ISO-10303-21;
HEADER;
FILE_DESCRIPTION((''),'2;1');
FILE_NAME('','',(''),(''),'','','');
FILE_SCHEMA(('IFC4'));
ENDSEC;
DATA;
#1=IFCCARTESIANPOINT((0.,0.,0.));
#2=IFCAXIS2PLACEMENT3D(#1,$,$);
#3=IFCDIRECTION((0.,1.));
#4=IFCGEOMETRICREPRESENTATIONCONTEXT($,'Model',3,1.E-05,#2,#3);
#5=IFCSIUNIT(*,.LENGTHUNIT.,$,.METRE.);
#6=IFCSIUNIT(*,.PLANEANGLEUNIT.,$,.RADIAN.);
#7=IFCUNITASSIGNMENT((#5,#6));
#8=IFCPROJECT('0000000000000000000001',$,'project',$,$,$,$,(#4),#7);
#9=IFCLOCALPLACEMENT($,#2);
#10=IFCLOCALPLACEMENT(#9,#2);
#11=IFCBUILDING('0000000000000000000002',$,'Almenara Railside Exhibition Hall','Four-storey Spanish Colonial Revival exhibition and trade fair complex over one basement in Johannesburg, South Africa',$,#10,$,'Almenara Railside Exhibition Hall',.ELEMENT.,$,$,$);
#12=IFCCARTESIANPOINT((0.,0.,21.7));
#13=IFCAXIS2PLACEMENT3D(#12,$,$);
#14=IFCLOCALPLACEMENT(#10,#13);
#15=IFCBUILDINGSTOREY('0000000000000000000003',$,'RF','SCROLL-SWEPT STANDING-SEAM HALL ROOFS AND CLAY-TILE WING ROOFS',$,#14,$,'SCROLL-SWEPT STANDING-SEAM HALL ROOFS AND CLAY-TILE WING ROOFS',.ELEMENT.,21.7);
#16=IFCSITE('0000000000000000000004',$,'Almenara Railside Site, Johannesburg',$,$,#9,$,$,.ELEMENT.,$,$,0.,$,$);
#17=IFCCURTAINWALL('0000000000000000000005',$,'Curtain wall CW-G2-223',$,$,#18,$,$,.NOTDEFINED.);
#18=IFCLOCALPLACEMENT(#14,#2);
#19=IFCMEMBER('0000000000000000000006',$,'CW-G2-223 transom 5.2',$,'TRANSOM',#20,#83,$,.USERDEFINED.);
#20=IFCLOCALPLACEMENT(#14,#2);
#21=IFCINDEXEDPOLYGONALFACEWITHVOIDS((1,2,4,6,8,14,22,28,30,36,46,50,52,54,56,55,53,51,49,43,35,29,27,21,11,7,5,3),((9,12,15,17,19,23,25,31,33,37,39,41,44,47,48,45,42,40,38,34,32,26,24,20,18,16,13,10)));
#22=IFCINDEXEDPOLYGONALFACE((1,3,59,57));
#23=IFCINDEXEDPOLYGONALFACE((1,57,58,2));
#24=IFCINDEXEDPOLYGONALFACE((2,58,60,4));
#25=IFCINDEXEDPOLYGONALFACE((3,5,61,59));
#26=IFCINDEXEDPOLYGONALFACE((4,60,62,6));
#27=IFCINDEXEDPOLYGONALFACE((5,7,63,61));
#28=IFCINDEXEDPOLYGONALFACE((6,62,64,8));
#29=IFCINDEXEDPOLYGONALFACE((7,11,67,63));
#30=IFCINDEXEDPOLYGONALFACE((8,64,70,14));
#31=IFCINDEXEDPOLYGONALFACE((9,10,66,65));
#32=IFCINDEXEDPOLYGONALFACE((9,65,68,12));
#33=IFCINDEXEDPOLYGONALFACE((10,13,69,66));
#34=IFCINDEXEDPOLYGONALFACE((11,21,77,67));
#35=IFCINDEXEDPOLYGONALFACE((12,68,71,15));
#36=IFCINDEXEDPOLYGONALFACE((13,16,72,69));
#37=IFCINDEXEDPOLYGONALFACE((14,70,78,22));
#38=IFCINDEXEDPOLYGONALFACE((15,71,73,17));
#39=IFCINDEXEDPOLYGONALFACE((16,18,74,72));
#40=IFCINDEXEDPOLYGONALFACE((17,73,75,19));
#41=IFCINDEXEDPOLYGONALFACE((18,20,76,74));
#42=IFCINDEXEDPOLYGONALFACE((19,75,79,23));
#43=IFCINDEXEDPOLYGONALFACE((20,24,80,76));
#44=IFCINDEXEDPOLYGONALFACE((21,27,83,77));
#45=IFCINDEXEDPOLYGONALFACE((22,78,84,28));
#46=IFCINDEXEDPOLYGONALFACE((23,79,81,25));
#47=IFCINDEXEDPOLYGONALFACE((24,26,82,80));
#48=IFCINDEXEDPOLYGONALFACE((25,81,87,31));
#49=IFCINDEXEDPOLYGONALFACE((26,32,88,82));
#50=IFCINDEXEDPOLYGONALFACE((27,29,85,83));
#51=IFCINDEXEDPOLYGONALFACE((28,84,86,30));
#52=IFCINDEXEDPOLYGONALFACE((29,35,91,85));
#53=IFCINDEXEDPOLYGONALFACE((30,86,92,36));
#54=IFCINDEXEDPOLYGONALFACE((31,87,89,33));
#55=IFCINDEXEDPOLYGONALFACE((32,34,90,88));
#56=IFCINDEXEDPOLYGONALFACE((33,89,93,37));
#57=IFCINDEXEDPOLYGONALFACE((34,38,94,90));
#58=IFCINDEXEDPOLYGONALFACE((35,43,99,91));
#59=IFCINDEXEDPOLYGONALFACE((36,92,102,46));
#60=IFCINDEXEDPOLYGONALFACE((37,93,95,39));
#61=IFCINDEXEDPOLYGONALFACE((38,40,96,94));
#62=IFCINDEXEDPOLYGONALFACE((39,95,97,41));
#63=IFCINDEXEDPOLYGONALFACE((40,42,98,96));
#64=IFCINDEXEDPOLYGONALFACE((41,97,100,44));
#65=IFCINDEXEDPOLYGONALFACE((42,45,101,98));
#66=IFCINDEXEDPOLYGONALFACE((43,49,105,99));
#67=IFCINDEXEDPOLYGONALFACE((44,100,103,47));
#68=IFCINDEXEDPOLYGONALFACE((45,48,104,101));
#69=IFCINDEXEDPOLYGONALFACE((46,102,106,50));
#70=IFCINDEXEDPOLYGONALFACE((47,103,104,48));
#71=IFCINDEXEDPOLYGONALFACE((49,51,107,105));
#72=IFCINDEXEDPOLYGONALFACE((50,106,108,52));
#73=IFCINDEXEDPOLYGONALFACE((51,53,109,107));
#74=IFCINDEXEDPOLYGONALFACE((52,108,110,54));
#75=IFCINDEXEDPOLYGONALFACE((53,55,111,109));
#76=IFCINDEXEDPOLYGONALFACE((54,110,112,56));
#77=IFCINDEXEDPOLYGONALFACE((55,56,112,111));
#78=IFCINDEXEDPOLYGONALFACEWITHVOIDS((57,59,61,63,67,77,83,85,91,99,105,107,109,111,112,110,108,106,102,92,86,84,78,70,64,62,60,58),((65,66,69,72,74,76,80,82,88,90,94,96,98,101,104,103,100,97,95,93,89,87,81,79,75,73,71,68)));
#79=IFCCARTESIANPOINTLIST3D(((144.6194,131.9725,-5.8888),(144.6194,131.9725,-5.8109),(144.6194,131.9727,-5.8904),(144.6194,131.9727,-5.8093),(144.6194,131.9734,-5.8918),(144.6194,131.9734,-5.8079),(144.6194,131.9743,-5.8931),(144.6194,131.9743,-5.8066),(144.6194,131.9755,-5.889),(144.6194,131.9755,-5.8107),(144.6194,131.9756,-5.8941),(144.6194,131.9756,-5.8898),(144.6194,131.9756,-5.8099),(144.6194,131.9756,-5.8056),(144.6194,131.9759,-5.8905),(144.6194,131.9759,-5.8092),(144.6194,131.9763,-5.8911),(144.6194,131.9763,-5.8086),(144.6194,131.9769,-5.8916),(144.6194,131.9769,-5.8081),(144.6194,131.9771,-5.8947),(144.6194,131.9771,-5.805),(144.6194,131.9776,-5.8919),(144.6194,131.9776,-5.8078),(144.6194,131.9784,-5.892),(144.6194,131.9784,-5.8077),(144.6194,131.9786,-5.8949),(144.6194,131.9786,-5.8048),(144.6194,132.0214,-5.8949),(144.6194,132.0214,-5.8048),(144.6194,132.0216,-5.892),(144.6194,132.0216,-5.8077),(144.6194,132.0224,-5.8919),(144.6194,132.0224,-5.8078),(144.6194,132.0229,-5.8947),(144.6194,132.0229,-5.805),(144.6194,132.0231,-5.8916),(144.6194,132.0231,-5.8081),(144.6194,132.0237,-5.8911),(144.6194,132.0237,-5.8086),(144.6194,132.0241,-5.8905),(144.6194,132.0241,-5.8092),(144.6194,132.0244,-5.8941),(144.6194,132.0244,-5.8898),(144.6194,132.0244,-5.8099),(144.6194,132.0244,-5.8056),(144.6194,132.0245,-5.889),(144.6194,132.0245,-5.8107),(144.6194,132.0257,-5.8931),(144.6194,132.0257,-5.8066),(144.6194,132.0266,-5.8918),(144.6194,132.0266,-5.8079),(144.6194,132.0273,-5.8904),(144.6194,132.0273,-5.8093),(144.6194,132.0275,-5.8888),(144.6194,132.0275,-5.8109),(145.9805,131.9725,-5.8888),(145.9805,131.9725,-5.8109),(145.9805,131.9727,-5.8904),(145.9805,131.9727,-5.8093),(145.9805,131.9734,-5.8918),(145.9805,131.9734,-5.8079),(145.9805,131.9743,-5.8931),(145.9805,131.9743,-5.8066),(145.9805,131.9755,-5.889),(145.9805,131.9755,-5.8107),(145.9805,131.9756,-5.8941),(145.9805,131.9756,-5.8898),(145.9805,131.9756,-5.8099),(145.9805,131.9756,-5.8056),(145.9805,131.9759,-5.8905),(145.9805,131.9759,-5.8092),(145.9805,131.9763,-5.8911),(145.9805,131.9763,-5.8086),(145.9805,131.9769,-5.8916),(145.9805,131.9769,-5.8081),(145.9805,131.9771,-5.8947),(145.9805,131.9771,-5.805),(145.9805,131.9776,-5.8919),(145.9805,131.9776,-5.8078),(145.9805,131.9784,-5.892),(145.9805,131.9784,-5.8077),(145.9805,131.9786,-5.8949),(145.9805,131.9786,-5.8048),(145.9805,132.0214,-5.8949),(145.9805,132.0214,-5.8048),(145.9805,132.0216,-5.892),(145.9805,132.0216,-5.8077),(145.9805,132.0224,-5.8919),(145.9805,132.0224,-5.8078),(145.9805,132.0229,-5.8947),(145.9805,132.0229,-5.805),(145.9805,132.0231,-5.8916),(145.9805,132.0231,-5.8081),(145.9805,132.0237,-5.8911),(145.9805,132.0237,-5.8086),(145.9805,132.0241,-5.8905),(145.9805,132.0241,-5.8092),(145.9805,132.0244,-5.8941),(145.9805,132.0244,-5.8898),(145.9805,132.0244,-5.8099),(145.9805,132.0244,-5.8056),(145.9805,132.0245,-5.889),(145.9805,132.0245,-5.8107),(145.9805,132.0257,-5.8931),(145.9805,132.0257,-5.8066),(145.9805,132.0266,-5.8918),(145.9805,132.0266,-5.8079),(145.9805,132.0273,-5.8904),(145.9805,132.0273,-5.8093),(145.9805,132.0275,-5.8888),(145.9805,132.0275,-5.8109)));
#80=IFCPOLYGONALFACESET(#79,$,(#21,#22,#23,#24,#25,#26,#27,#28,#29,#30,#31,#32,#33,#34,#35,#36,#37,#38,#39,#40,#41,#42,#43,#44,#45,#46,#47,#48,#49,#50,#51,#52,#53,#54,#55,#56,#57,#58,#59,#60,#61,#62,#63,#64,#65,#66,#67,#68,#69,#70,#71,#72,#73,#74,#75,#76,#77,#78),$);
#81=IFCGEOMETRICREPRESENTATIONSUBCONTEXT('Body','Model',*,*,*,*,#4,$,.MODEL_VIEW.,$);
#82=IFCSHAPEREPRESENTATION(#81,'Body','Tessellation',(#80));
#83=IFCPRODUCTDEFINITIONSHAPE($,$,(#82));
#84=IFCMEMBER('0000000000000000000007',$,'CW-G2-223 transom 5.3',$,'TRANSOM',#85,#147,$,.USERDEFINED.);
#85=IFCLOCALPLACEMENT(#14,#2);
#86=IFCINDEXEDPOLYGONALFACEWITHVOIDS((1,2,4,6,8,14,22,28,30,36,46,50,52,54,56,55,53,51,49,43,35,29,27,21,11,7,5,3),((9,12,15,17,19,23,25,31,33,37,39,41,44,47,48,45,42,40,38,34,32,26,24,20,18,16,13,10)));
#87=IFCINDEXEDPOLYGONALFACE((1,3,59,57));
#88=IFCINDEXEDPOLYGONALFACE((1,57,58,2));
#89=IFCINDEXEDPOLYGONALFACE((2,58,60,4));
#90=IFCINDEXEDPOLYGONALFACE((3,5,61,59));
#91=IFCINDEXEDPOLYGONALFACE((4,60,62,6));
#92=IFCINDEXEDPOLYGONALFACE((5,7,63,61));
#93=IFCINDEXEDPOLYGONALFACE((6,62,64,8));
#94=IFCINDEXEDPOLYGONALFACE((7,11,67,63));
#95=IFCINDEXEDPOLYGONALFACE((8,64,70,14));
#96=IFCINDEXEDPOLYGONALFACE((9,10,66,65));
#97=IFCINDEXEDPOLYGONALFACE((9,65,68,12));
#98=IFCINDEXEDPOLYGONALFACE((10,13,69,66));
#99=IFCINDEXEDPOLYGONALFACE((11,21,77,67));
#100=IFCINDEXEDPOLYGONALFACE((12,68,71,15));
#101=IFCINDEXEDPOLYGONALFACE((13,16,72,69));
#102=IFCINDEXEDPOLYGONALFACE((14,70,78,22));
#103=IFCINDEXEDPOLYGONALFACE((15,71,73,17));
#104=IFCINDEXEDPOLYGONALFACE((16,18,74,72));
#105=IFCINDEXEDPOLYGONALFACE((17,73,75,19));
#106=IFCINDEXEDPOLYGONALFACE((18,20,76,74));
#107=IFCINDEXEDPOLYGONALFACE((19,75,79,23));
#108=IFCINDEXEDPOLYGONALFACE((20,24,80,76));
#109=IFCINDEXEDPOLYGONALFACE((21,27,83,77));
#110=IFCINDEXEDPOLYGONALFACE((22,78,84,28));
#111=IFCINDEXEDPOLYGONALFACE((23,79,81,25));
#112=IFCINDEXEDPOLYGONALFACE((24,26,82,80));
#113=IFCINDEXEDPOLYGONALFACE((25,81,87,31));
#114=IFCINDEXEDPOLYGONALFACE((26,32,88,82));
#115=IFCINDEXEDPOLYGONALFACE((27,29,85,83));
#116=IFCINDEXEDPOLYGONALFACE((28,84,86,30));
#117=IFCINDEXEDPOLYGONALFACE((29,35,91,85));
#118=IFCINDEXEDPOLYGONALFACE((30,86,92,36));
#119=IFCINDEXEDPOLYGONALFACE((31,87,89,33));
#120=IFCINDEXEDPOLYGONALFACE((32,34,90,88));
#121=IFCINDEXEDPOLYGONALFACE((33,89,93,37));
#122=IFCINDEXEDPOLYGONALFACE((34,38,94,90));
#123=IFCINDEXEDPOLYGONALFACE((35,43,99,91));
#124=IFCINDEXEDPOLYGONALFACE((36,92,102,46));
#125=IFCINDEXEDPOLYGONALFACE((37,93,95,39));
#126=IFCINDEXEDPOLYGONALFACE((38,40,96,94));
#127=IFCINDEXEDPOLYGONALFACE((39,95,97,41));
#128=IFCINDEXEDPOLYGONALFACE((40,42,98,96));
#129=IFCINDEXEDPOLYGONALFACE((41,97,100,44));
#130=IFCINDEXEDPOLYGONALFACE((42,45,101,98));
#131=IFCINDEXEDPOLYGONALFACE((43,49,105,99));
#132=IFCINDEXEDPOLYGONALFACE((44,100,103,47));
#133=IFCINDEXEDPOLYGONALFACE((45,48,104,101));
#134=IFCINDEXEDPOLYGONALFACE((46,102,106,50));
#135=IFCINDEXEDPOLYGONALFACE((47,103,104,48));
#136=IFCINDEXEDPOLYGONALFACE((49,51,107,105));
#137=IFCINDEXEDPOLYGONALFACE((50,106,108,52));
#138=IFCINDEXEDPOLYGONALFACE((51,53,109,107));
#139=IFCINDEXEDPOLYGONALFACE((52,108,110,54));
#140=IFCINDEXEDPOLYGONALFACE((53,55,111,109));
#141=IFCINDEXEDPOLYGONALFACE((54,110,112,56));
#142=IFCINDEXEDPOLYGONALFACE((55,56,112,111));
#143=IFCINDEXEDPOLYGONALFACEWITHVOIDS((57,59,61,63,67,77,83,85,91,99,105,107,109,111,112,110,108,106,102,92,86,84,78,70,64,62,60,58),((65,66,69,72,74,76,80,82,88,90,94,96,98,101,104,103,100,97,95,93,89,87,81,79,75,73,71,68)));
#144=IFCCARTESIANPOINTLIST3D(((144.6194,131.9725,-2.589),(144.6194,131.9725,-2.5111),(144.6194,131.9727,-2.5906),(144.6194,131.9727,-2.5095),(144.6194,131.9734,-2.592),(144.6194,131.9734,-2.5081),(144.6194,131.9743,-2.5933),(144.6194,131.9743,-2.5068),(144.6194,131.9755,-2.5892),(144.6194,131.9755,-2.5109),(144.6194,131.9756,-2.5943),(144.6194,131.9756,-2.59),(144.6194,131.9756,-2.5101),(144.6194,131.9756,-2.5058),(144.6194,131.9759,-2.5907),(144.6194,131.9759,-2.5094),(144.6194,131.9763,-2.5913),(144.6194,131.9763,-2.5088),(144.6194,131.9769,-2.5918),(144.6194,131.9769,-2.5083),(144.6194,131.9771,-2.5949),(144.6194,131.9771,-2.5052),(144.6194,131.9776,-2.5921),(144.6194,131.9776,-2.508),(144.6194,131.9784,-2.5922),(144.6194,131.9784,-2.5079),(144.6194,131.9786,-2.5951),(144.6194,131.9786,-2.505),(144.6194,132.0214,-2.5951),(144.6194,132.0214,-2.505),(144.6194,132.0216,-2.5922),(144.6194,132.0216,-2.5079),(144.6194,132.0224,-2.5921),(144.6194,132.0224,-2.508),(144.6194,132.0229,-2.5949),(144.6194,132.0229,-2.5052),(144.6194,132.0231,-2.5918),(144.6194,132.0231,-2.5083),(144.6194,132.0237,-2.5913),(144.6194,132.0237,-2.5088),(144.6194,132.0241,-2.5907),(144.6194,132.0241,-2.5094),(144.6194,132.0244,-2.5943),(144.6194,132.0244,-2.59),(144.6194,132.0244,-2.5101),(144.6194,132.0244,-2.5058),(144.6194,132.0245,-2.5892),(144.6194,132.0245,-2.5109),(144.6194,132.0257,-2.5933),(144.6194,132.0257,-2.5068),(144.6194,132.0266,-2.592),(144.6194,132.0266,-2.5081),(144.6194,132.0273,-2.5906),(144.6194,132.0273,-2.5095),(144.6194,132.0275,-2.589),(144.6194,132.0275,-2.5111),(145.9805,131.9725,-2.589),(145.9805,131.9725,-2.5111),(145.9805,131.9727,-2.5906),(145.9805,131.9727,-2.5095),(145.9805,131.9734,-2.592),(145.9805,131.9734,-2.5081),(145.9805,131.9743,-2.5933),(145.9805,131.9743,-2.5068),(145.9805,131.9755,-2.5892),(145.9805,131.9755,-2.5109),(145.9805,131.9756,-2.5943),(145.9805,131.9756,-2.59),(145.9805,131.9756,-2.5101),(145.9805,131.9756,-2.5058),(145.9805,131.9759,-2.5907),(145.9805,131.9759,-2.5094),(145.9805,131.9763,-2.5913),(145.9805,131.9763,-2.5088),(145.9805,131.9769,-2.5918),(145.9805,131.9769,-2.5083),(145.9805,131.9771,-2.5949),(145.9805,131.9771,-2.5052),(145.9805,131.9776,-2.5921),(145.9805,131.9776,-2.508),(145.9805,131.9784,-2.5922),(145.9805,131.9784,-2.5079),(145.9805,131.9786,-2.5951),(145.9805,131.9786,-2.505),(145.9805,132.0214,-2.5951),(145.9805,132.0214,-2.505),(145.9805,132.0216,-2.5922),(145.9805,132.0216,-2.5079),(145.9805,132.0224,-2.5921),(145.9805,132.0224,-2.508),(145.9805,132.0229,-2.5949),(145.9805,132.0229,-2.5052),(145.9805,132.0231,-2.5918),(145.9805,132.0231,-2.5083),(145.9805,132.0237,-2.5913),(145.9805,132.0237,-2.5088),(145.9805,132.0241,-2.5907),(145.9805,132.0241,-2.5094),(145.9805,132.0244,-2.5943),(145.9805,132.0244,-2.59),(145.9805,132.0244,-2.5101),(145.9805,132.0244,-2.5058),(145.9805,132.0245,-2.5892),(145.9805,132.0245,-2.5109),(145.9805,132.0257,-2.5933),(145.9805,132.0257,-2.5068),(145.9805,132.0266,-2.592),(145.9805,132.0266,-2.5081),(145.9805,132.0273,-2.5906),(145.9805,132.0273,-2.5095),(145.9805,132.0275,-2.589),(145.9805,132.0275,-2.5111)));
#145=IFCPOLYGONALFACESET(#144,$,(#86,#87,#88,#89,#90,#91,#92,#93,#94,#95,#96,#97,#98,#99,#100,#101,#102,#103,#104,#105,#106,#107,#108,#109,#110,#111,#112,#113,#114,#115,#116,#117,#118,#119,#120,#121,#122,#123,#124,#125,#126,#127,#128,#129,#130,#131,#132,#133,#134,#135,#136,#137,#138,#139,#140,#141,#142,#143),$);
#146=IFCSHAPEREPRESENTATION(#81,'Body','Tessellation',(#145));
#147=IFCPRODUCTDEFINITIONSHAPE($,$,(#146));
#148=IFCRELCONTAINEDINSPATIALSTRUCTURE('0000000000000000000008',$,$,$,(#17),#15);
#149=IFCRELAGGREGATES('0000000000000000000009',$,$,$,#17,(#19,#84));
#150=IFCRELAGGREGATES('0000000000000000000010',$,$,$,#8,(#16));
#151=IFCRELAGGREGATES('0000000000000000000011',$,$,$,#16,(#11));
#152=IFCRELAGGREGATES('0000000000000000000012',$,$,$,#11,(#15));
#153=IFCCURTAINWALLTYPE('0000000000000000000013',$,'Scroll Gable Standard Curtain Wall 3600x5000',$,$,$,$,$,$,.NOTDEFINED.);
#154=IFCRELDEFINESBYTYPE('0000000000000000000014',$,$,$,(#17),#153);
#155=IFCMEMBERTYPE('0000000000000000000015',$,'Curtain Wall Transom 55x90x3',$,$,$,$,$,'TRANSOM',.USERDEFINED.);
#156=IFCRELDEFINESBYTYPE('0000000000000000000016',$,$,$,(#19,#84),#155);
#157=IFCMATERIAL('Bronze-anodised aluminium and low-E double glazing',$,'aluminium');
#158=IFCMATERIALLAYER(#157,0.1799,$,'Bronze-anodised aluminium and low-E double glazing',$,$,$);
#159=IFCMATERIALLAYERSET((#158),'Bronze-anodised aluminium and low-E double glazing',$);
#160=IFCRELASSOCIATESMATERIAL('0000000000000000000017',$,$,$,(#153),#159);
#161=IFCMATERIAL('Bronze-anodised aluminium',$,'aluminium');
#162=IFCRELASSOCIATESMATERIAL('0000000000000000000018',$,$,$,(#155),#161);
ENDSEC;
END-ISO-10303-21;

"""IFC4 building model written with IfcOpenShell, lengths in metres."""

from ifc_helpers import new_model, si_unit, direction, frame, origin, origin_2d, place, context, subcontext, project, spatial, hollow_rectangle, extrude, material, layer, layer_set, material_profile, profile_set, type_object, element, aggregate, save


model = new_model("IFC4")

# Units and contexts
model_context = context("Model", 3, precision=1e-05, world=origin(), true_north=direction((0.0, 1.0)))
body_context = subcontext(model_context, "Body", "Model", "MODEL_VIEW")
ifc_project = project(units=[si_unit("LENGTHUNIT", "METRE"), si_unit("PLANEANGLEUNIT", "RADIAN")], contexts=[model_context])

# Site, building, storey
site_placement = place(None, origin())
site = spatial("IfcSite", under=ifc_project, at=site_placement, Name="Almenara Railside Site, Johannesburg", CompositionType="ELEMENT", RefElevation=0.0)
building_placement = place(site_placement, origin())
building = spatial("IfcBuilding", under=site, at=building_placement, Name="Almenara Railside Exhibition Hall", Description="Four-storey Spanish Colonial Revival exhibition and trade fair complex over one basement in Johannesburg, South Africa", LongName="Almenara Railside Exhibition Hall", CompositionType="ELEMENT")
storey_placement = place(building_placement, frame((0.0, 0.0, 21.7)))
storey = spatial("IfcBuildingStorey", under=building, at=storey_placement, Name="RF", Description="SCROLL-SWEPT STANDING-SEAM HALL ROOFS AND CLAY-TILE WING ROOFS", LongName="SCROLL-SWEPT STANDING-SEAM HALL ROOFS AND CLAY-TILE WING ROOFS", CompositionType="ELEMENT", Elevation=21.7)

# Curtain wall
ifc_material_1 = material(Name="Bronze-anodised aluminium and low-E double glazing", Category="aluminium")
ifc_layer_1 = layer(ifc_material_1, 0.1799, Name="Bronze-anodised aluminium and low-E double glazing")
ifc_layer_set_1 = layer_set([ifc_layer_1], Name="Bronze-anodised aluminium and low-E double glazing")
curtain_wall_type_1 = type_object("IfcCurtainWallType", Name="Scroll Gable Standard Curtain Wall 3600x5000", PredefinedType="NOTDEFINED", material=ifc_layer_set_1)
curtain_wall_1_placement = place(storey_placement, origin())
curtain_wall_1 = element("IfcCurtainWall", 1, at=curtain_wall_1_placement, inside=storey, type_object=curtain_wall_type_1, Name="Curtain wall CW-G2-223", PredefinedType="NOTDEFINED")
ifc_material_2 = material(Name="Bronze-anodised aluminium", Category="aluminium")

# Members
ifc_material_profile_1 = material_profile(ifc_material_2, hollow_rectangle(XDim=0.0549, YDim=0.0901, WallThickness=0.0029, InnerFilletRadius=0.0029, OuterFilletRadius=0.0061, at=origin_2d()), Name="ALU-TRN 55x90x3")
ifc_profile_set_1 = profile_set([ifc_material_profile_1], Name="Bronze-anodised aluminium")
member_type_1 = type_object("IfcMemberType", Name="Curtain Wall Transom 55x90x3", ElementType="TRANSOM", PredefinedType="USERDEFINED", material=ifc_profile_set_1)
member_1_placement = place(storey_placement, frame((144.6194, 132.0, -5.8499), z_axis=(1.0, 0.0, 0.0), x_axis=(0.0, 1.0, 0.0)))
member_1 = element("IfcMember", 2, at=member_1_placement, type_object=member_type_1, Name="CW-G2-223 transom 5.2", ObjectType="TRANSOM", PredefinedType="USERDEFINED", context=body_context, shape_type="SweptSolid", body=[
    extrude(hollow_rectangle(XDim=0.0549, YDim=0.0901, WallThickness=0.0029, InnerFilletRadius=0.0029, OuterFilletRadius=0.0061, at=origin_2d()), origin(), (0.0, 0.0, 1.0), 1.3611),
])
member_2_placement = place(storey_placement, frame((144.6194, 132.0, -2.55), z_axis=(1.0, 0.0, 0.0), x_axis=(0.0, 1.0, 0.0)))
member_2 = element("IfcMember", 3, at=member_2_placement, type_object=member_type_1, Name="CW-G2-223 transom 5.3", ObjectType="TRANSOM", PredefinedType="USERDEFINED", context=body_context, shape_type="SweptSolid", body=[
    extrude(hollow_rectangle(XDim=0.0549, YDim=0.0901, WallThickness=0.0029, InnerFilletRadius=0.0029, OuterFilletRadius=0.0061, at=origin_2d()), origin(), (0.0, 0.0, 1.0), 1.3611),
])

aggregate(curtain_wall_1, [member_1, member_2])

save(model, "model.ifc")
